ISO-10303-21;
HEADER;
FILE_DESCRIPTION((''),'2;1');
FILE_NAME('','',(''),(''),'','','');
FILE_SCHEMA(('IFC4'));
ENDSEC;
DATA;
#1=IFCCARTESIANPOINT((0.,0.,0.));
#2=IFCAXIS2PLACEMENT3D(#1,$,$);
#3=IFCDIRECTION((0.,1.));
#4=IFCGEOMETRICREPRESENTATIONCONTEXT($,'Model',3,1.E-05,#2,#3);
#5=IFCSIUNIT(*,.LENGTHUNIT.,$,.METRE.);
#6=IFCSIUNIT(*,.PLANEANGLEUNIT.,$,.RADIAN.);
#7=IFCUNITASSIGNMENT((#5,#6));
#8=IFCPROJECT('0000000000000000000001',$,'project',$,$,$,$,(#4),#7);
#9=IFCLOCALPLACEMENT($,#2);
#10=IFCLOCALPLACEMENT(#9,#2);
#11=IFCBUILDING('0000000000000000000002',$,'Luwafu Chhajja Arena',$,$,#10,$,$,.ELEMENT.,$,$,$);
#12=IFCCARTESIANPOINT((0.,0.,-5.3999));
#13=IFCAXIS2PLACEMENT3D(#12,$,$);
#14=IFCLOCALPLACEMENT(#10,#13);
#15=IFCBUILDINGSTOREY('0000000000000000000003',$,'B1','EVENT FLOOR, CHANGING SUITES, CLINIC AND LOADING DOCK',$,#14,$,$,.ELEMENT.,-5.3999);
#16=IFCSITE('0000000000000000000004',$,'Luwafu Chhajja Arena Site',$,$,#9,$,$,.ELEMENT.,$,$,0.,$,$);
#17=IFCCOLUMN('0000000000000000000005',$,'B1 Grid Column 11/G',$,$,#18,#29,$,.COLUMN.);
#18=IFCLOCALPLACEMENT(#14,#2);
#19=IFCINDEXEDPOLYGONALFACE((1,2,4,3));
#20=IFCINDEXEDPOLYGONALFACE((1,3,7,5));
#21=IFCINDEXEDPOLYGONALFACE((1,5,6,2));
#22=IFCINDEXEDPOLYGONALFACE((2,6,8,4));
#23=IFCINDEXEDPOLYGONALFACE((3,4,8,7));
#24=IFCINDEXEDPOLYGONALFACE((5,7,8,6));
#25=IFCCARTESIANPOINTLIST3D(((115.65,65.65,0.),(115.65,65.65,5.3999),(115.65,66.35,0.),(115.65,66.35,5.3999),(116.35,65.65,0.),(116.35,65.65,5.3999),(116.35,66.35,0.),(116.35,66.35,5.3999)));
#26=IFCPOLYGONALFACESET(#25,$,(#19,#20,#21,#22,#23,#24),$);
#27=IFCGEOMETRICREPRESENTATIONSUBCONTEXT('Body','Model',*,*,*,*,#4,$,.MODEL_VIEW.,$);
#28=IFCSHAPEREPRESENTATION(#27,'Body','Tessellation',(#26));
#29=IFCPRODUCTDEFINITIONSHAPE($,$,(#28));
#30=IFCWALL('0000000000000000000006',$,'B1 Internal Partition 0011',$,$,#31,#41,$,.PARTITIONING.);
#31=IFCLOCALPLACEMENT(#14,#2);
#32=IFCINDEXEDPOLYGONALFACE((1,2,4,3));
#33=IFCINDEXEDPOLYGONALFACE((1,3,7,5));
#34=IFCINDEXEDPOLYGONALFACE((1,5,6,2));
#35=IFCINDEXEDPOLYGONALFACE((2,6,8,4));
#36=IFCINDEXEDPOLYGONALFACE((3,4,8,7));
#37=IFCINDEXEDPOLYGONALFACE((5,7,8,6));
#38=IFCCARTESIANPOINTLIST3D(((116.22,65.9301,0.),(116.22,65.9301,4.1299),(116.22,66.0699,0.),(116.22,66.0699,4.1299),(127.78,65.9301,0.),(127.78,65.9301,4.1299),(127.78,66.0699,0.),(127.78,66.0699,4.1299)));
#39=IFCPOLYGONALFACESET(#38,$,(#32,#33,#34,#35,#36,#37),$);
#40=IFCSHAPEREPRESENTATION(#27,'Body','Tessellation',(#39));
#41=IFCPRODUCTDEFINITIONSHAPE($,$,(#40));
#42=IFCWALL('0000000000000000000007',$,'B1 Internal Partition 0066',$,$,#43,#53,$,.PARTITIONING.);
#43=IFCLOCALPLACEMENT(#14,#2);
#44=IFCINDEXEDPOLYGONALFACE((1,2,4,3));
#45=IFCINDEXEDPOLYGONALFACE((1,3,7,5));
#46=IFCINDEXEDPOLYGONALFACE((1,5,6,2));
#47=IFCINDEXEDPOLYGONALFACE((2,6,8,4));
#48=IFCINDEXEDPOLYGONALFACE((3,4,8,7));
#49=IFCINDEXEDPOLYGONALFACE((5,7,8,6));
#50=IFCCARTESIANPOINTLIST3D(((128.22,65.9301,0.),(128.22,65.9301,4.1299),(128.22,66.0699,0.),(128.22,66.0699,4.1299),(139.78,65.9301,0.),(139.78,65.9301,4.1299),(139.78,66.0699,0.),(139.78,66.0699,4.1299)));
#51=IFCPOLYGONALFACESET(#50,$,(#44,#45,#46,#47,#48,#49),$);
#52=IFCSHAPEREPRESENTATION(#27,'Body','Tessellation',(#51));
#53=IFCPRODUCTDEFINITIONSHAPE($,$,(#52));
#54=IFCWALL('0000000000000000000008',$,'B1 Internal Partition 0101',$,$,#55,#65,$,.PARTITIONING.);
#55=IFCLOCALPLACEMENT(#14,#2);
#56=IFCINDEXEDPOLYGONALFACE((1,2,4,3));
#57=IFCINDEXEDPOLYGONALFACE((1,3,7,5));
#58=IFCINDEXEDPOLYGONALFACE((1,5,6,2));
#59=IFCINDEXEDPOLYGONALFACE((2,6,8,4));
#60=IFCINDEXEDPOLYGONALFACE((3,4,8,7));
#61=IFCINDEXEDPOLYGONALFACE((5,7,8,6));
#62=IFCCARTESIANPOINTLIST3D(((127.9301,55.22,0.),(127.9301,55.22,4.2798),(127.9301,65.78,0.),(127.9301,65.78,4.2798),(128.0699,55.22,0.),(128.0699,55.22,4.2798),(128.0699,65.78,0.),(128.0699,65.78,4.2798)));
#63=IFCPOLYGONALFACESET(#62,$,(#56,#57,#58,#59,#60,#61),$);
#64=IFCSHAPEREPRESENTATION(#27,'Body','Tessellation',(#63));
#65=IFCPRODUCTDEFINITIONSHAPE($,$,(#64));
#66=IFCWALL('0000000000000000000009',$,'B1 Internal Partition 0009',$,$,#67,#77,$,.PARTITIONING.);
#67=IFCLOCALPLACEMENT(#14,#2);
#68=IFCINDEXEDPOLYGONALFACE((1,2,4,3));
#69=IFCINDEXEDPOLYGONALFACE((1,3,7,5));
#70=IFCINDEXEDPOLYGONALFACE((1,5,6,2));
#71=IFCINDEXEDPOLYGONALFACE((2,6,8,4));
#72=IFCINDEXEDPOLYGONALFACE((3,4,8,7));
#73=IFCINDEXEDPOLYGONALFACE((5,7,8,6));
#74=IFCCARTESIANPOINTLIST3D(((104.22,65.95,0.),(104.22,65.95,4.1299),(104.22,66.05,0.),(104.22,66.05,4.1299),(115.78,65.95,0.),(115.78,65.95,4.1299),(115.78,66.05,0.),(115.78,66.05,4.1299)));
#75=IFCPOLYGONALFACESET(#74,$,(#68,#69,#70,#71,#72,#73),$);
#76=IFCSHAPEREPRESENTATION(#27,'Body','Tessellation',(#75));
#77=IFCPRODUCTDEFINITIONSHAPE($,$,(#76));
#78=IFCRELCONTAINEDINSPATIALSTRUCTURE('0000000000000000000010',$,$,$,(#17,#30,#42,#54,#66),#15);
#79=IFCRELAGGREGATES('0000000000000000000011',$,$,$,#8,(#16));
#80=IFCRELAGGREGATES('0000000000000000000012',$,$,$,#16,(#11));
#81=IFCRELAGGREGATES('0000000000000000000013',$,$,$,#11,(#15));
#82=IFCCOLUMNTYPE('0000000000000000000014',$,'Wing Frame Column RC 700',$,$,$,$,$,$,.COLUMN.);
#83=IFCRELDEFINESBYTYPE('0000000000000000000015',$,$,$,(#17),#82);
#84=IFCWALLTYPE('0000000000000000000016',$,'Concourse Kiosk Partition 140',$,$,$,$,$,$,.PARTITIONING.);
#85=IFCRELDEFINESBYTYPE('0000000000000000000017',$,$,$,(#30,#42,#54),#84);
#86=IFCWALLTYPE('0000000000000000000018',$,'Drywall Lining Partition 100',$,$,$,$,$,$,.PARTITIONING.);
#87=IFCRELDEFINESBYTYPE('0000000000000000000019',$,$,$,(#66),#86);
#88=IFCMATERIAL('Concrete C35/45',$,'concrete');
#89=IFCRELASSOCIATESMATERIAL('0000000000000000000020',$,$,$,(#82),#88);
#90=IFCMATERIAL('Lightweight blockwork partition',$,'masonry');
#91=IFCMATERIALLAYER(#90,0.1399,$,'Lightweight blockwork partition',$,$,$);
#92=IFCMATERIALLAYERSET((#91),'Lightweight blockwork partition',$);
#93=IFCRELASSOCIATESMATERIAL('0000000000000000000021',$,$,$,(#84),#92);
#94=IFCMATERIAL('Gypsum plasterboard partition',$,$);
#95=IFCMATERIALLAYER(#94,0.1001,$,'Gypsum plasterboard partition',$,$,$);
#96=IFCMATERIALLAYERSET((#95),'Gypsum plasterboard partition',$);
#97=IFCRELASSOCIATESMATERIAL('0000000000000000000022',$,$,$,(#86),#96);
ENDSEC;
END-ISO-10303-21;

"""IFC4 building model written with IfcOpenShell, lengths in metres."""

from ifc_helpers import new_model, si_unit, direction, frame, frame_2d, origin, origin_2d, place, context, subcontext, project, spatial, rectangle, extrude, material, layer, layer_set, material_profile, profile_set, type_object, element, save


model = new_model("IFC4")

# Units and contexts
model_context = context("Model", 3, precision=1e-05, world=origin(), true_north=direction((0.0, 1.0)))
body_context = subcontext(model_context, "Body", "Model", "MODEL_VIEW")
ifc_project = project(units=[si_unit("LENGTHUNIT", "METRE"), si_unit("PLANEANGLEUNIT", "RADIAN")], contexts=[model_context])

# Site, building, storey
site_placement = place(None, origin())
site = spatial("IfcSite", under=ifc_project, at=site_placement, Name="Luwafu Chhajja Arena Site", CompositionType="ELEMENT", RefElevation=0.0)
building_placement = place(site_placement, origin())
building = spatial("IfcBuilding", under=site, at=building_placement, Name="Luwafu Chhajja Arena", CompositionType="ELEMENT")
storey_placement = place(building_placement, frame((0.0, 0.0, -5.3999)))
storey = spatial("IfcBuildingStorey", under=building, at=storey_placement, Name="B1", Description="EVENT FLOOR, CHANGING SUITES, CLINIC AND LOADING DOCK", CompositionType="ELEMENT", Elevation=-5.3999)

# Shared definitions
ifc_material_1 = material(Name="Concrete C35/45", Category="concrete")

# Column
ifc_material_profile_1 = material_profile(ifc_material_1, rectangle(XDim=0.7, YDim=0.7, at=origin_2d()), Name="RC 700x700")
ifc_profile_set_1 = profile_set([ifc_material_profile_1], Name="Concrete C35/45")
column_type_1 = type_object("IfcColumnType", Name="Wing Frame Column RC 700", PredefinedType="COLUMN", material=ifc_profile_set_1)
for number, where, z_axis, x_axis, name in (
    (1, (116.0, 66.0, 0.0), (0.0, 0.0, 1.0), (1.0, 0.0, 0.0), "B1 Grid Column 11/G"),
):
    element("IfcColumn", number, at=place(storey_placement, frame(where, z_axis=z_axis, x_axis=x_axis)), inside=storey, type_object=column_type_1, Name=name, PredefinedType="COLUMN", context=body_context, shape_type="SweptSolid", body=[
        extrude(rectangle(XDim=0.7, YDim=0.7, at=origin_2d()), origin(), (0.0, 0.0, 1.0), 5.3999),
    ])

# Walls
ifc_material_2 = material(Name="Lightweight blockwork partition", Category="masonry")
ifc_layer_1 = layer(ifc_material_2, 0.1399, Name="Lightweight blockwork partition")
ifc_layer_set_1 = layer_set([ifc_layer_1], Name="Lightweight blockwork partition")
wall_type_1 = type_object("IfcWallType", Name="Concourse Kiosk Partition 140", PredefinedType="PARTITIONING", material=ifc_layer_set_1)
for number, where, z_axis, x_axis, name in (
    (2, (116.22, 66.0, 0.0), (0.0, 0.0, 1.0), (1.0, 0.0, 0.0), "B1 Internal Partition 0011"),
    (3, (128.22, 66.0, 0.0), (0.0, 0.0, 1.0), (1.0, 0.0, 0.0), "B1 Internal Partition 0066"),
):
    element("IfcWall", number, at=place(storey_placement, frame(where, z_axis=z_axis, x_axis=x_axis)), inside=storey, type_object=wall_type_1, Name=name, PredefinedType="PARTITIONING", context=body_context, shape_type="SweptSolid", body=[
        extrude(rectangle(XDim=11.5601, YDim=0.1399, at=frame_2d((5.78, 0.0))), origin(), (0.0, 0.0, 1.0), 4.1299),
    ])
wall_1_placement = place(storey_placement, frame((128.0, 55.22, 0.0), z_axis=(0.0, 0.0, 1.0), x_axis=(0.0, 1.0, 0.0)))
element("IfcWall", 4, at=wall_1_placement, inside=storey, type_object=wall_type_1, Name="B1 Internal Partition 0101", PredefinedType="PARTITIONING", context=body_context, shape_type="SweptSolid", body=[
    extrude(rectangle(XDim=10.5601, YDim=0.1399, at=frame_2d((5.28, 0.0))), origin(), (0.0, 0.0, 1.0), 4.2798),
])
ifc_material_3 = material(Name="Gypsum plasterboard partition")
ifc_layer_2 = layer(ifc_material_3, 0.1001, Name="Gypsum plasterboard partition")
ifc_layer_set_2 = layer_set([ifc_layer_2], Name="Gypsum plasterboard partition")
wall_type_2 = type_object("IfcWallType", Name="Drywall Lining Partition 100", PredefinedType="PARTITIONING", material=ifc_layer_set_2)
wall_2_placement = place(storey_placement, frame((104.22, 66.0, 0.0), z_axis=(0.0, 0.0, 1.0), x_axis=(1.0, 0.0, 0.0)))
element("IfcWall", 5, at=wall_2_placement, inside=storey, type_object=wall_type_2, Name="B1 Internal Partition 0009", PredefinedType="PARTITIONING", context=body_context, shape_type="SweptSolid", body=[
    extrude(rectangle(XDim=11.5601, YDim=0.1001, at=frame_2d((5.78, 0.0))), origin(), (0.0, 0.0, 1.0), 4.1299),
])

save(model, "model.ifc")
